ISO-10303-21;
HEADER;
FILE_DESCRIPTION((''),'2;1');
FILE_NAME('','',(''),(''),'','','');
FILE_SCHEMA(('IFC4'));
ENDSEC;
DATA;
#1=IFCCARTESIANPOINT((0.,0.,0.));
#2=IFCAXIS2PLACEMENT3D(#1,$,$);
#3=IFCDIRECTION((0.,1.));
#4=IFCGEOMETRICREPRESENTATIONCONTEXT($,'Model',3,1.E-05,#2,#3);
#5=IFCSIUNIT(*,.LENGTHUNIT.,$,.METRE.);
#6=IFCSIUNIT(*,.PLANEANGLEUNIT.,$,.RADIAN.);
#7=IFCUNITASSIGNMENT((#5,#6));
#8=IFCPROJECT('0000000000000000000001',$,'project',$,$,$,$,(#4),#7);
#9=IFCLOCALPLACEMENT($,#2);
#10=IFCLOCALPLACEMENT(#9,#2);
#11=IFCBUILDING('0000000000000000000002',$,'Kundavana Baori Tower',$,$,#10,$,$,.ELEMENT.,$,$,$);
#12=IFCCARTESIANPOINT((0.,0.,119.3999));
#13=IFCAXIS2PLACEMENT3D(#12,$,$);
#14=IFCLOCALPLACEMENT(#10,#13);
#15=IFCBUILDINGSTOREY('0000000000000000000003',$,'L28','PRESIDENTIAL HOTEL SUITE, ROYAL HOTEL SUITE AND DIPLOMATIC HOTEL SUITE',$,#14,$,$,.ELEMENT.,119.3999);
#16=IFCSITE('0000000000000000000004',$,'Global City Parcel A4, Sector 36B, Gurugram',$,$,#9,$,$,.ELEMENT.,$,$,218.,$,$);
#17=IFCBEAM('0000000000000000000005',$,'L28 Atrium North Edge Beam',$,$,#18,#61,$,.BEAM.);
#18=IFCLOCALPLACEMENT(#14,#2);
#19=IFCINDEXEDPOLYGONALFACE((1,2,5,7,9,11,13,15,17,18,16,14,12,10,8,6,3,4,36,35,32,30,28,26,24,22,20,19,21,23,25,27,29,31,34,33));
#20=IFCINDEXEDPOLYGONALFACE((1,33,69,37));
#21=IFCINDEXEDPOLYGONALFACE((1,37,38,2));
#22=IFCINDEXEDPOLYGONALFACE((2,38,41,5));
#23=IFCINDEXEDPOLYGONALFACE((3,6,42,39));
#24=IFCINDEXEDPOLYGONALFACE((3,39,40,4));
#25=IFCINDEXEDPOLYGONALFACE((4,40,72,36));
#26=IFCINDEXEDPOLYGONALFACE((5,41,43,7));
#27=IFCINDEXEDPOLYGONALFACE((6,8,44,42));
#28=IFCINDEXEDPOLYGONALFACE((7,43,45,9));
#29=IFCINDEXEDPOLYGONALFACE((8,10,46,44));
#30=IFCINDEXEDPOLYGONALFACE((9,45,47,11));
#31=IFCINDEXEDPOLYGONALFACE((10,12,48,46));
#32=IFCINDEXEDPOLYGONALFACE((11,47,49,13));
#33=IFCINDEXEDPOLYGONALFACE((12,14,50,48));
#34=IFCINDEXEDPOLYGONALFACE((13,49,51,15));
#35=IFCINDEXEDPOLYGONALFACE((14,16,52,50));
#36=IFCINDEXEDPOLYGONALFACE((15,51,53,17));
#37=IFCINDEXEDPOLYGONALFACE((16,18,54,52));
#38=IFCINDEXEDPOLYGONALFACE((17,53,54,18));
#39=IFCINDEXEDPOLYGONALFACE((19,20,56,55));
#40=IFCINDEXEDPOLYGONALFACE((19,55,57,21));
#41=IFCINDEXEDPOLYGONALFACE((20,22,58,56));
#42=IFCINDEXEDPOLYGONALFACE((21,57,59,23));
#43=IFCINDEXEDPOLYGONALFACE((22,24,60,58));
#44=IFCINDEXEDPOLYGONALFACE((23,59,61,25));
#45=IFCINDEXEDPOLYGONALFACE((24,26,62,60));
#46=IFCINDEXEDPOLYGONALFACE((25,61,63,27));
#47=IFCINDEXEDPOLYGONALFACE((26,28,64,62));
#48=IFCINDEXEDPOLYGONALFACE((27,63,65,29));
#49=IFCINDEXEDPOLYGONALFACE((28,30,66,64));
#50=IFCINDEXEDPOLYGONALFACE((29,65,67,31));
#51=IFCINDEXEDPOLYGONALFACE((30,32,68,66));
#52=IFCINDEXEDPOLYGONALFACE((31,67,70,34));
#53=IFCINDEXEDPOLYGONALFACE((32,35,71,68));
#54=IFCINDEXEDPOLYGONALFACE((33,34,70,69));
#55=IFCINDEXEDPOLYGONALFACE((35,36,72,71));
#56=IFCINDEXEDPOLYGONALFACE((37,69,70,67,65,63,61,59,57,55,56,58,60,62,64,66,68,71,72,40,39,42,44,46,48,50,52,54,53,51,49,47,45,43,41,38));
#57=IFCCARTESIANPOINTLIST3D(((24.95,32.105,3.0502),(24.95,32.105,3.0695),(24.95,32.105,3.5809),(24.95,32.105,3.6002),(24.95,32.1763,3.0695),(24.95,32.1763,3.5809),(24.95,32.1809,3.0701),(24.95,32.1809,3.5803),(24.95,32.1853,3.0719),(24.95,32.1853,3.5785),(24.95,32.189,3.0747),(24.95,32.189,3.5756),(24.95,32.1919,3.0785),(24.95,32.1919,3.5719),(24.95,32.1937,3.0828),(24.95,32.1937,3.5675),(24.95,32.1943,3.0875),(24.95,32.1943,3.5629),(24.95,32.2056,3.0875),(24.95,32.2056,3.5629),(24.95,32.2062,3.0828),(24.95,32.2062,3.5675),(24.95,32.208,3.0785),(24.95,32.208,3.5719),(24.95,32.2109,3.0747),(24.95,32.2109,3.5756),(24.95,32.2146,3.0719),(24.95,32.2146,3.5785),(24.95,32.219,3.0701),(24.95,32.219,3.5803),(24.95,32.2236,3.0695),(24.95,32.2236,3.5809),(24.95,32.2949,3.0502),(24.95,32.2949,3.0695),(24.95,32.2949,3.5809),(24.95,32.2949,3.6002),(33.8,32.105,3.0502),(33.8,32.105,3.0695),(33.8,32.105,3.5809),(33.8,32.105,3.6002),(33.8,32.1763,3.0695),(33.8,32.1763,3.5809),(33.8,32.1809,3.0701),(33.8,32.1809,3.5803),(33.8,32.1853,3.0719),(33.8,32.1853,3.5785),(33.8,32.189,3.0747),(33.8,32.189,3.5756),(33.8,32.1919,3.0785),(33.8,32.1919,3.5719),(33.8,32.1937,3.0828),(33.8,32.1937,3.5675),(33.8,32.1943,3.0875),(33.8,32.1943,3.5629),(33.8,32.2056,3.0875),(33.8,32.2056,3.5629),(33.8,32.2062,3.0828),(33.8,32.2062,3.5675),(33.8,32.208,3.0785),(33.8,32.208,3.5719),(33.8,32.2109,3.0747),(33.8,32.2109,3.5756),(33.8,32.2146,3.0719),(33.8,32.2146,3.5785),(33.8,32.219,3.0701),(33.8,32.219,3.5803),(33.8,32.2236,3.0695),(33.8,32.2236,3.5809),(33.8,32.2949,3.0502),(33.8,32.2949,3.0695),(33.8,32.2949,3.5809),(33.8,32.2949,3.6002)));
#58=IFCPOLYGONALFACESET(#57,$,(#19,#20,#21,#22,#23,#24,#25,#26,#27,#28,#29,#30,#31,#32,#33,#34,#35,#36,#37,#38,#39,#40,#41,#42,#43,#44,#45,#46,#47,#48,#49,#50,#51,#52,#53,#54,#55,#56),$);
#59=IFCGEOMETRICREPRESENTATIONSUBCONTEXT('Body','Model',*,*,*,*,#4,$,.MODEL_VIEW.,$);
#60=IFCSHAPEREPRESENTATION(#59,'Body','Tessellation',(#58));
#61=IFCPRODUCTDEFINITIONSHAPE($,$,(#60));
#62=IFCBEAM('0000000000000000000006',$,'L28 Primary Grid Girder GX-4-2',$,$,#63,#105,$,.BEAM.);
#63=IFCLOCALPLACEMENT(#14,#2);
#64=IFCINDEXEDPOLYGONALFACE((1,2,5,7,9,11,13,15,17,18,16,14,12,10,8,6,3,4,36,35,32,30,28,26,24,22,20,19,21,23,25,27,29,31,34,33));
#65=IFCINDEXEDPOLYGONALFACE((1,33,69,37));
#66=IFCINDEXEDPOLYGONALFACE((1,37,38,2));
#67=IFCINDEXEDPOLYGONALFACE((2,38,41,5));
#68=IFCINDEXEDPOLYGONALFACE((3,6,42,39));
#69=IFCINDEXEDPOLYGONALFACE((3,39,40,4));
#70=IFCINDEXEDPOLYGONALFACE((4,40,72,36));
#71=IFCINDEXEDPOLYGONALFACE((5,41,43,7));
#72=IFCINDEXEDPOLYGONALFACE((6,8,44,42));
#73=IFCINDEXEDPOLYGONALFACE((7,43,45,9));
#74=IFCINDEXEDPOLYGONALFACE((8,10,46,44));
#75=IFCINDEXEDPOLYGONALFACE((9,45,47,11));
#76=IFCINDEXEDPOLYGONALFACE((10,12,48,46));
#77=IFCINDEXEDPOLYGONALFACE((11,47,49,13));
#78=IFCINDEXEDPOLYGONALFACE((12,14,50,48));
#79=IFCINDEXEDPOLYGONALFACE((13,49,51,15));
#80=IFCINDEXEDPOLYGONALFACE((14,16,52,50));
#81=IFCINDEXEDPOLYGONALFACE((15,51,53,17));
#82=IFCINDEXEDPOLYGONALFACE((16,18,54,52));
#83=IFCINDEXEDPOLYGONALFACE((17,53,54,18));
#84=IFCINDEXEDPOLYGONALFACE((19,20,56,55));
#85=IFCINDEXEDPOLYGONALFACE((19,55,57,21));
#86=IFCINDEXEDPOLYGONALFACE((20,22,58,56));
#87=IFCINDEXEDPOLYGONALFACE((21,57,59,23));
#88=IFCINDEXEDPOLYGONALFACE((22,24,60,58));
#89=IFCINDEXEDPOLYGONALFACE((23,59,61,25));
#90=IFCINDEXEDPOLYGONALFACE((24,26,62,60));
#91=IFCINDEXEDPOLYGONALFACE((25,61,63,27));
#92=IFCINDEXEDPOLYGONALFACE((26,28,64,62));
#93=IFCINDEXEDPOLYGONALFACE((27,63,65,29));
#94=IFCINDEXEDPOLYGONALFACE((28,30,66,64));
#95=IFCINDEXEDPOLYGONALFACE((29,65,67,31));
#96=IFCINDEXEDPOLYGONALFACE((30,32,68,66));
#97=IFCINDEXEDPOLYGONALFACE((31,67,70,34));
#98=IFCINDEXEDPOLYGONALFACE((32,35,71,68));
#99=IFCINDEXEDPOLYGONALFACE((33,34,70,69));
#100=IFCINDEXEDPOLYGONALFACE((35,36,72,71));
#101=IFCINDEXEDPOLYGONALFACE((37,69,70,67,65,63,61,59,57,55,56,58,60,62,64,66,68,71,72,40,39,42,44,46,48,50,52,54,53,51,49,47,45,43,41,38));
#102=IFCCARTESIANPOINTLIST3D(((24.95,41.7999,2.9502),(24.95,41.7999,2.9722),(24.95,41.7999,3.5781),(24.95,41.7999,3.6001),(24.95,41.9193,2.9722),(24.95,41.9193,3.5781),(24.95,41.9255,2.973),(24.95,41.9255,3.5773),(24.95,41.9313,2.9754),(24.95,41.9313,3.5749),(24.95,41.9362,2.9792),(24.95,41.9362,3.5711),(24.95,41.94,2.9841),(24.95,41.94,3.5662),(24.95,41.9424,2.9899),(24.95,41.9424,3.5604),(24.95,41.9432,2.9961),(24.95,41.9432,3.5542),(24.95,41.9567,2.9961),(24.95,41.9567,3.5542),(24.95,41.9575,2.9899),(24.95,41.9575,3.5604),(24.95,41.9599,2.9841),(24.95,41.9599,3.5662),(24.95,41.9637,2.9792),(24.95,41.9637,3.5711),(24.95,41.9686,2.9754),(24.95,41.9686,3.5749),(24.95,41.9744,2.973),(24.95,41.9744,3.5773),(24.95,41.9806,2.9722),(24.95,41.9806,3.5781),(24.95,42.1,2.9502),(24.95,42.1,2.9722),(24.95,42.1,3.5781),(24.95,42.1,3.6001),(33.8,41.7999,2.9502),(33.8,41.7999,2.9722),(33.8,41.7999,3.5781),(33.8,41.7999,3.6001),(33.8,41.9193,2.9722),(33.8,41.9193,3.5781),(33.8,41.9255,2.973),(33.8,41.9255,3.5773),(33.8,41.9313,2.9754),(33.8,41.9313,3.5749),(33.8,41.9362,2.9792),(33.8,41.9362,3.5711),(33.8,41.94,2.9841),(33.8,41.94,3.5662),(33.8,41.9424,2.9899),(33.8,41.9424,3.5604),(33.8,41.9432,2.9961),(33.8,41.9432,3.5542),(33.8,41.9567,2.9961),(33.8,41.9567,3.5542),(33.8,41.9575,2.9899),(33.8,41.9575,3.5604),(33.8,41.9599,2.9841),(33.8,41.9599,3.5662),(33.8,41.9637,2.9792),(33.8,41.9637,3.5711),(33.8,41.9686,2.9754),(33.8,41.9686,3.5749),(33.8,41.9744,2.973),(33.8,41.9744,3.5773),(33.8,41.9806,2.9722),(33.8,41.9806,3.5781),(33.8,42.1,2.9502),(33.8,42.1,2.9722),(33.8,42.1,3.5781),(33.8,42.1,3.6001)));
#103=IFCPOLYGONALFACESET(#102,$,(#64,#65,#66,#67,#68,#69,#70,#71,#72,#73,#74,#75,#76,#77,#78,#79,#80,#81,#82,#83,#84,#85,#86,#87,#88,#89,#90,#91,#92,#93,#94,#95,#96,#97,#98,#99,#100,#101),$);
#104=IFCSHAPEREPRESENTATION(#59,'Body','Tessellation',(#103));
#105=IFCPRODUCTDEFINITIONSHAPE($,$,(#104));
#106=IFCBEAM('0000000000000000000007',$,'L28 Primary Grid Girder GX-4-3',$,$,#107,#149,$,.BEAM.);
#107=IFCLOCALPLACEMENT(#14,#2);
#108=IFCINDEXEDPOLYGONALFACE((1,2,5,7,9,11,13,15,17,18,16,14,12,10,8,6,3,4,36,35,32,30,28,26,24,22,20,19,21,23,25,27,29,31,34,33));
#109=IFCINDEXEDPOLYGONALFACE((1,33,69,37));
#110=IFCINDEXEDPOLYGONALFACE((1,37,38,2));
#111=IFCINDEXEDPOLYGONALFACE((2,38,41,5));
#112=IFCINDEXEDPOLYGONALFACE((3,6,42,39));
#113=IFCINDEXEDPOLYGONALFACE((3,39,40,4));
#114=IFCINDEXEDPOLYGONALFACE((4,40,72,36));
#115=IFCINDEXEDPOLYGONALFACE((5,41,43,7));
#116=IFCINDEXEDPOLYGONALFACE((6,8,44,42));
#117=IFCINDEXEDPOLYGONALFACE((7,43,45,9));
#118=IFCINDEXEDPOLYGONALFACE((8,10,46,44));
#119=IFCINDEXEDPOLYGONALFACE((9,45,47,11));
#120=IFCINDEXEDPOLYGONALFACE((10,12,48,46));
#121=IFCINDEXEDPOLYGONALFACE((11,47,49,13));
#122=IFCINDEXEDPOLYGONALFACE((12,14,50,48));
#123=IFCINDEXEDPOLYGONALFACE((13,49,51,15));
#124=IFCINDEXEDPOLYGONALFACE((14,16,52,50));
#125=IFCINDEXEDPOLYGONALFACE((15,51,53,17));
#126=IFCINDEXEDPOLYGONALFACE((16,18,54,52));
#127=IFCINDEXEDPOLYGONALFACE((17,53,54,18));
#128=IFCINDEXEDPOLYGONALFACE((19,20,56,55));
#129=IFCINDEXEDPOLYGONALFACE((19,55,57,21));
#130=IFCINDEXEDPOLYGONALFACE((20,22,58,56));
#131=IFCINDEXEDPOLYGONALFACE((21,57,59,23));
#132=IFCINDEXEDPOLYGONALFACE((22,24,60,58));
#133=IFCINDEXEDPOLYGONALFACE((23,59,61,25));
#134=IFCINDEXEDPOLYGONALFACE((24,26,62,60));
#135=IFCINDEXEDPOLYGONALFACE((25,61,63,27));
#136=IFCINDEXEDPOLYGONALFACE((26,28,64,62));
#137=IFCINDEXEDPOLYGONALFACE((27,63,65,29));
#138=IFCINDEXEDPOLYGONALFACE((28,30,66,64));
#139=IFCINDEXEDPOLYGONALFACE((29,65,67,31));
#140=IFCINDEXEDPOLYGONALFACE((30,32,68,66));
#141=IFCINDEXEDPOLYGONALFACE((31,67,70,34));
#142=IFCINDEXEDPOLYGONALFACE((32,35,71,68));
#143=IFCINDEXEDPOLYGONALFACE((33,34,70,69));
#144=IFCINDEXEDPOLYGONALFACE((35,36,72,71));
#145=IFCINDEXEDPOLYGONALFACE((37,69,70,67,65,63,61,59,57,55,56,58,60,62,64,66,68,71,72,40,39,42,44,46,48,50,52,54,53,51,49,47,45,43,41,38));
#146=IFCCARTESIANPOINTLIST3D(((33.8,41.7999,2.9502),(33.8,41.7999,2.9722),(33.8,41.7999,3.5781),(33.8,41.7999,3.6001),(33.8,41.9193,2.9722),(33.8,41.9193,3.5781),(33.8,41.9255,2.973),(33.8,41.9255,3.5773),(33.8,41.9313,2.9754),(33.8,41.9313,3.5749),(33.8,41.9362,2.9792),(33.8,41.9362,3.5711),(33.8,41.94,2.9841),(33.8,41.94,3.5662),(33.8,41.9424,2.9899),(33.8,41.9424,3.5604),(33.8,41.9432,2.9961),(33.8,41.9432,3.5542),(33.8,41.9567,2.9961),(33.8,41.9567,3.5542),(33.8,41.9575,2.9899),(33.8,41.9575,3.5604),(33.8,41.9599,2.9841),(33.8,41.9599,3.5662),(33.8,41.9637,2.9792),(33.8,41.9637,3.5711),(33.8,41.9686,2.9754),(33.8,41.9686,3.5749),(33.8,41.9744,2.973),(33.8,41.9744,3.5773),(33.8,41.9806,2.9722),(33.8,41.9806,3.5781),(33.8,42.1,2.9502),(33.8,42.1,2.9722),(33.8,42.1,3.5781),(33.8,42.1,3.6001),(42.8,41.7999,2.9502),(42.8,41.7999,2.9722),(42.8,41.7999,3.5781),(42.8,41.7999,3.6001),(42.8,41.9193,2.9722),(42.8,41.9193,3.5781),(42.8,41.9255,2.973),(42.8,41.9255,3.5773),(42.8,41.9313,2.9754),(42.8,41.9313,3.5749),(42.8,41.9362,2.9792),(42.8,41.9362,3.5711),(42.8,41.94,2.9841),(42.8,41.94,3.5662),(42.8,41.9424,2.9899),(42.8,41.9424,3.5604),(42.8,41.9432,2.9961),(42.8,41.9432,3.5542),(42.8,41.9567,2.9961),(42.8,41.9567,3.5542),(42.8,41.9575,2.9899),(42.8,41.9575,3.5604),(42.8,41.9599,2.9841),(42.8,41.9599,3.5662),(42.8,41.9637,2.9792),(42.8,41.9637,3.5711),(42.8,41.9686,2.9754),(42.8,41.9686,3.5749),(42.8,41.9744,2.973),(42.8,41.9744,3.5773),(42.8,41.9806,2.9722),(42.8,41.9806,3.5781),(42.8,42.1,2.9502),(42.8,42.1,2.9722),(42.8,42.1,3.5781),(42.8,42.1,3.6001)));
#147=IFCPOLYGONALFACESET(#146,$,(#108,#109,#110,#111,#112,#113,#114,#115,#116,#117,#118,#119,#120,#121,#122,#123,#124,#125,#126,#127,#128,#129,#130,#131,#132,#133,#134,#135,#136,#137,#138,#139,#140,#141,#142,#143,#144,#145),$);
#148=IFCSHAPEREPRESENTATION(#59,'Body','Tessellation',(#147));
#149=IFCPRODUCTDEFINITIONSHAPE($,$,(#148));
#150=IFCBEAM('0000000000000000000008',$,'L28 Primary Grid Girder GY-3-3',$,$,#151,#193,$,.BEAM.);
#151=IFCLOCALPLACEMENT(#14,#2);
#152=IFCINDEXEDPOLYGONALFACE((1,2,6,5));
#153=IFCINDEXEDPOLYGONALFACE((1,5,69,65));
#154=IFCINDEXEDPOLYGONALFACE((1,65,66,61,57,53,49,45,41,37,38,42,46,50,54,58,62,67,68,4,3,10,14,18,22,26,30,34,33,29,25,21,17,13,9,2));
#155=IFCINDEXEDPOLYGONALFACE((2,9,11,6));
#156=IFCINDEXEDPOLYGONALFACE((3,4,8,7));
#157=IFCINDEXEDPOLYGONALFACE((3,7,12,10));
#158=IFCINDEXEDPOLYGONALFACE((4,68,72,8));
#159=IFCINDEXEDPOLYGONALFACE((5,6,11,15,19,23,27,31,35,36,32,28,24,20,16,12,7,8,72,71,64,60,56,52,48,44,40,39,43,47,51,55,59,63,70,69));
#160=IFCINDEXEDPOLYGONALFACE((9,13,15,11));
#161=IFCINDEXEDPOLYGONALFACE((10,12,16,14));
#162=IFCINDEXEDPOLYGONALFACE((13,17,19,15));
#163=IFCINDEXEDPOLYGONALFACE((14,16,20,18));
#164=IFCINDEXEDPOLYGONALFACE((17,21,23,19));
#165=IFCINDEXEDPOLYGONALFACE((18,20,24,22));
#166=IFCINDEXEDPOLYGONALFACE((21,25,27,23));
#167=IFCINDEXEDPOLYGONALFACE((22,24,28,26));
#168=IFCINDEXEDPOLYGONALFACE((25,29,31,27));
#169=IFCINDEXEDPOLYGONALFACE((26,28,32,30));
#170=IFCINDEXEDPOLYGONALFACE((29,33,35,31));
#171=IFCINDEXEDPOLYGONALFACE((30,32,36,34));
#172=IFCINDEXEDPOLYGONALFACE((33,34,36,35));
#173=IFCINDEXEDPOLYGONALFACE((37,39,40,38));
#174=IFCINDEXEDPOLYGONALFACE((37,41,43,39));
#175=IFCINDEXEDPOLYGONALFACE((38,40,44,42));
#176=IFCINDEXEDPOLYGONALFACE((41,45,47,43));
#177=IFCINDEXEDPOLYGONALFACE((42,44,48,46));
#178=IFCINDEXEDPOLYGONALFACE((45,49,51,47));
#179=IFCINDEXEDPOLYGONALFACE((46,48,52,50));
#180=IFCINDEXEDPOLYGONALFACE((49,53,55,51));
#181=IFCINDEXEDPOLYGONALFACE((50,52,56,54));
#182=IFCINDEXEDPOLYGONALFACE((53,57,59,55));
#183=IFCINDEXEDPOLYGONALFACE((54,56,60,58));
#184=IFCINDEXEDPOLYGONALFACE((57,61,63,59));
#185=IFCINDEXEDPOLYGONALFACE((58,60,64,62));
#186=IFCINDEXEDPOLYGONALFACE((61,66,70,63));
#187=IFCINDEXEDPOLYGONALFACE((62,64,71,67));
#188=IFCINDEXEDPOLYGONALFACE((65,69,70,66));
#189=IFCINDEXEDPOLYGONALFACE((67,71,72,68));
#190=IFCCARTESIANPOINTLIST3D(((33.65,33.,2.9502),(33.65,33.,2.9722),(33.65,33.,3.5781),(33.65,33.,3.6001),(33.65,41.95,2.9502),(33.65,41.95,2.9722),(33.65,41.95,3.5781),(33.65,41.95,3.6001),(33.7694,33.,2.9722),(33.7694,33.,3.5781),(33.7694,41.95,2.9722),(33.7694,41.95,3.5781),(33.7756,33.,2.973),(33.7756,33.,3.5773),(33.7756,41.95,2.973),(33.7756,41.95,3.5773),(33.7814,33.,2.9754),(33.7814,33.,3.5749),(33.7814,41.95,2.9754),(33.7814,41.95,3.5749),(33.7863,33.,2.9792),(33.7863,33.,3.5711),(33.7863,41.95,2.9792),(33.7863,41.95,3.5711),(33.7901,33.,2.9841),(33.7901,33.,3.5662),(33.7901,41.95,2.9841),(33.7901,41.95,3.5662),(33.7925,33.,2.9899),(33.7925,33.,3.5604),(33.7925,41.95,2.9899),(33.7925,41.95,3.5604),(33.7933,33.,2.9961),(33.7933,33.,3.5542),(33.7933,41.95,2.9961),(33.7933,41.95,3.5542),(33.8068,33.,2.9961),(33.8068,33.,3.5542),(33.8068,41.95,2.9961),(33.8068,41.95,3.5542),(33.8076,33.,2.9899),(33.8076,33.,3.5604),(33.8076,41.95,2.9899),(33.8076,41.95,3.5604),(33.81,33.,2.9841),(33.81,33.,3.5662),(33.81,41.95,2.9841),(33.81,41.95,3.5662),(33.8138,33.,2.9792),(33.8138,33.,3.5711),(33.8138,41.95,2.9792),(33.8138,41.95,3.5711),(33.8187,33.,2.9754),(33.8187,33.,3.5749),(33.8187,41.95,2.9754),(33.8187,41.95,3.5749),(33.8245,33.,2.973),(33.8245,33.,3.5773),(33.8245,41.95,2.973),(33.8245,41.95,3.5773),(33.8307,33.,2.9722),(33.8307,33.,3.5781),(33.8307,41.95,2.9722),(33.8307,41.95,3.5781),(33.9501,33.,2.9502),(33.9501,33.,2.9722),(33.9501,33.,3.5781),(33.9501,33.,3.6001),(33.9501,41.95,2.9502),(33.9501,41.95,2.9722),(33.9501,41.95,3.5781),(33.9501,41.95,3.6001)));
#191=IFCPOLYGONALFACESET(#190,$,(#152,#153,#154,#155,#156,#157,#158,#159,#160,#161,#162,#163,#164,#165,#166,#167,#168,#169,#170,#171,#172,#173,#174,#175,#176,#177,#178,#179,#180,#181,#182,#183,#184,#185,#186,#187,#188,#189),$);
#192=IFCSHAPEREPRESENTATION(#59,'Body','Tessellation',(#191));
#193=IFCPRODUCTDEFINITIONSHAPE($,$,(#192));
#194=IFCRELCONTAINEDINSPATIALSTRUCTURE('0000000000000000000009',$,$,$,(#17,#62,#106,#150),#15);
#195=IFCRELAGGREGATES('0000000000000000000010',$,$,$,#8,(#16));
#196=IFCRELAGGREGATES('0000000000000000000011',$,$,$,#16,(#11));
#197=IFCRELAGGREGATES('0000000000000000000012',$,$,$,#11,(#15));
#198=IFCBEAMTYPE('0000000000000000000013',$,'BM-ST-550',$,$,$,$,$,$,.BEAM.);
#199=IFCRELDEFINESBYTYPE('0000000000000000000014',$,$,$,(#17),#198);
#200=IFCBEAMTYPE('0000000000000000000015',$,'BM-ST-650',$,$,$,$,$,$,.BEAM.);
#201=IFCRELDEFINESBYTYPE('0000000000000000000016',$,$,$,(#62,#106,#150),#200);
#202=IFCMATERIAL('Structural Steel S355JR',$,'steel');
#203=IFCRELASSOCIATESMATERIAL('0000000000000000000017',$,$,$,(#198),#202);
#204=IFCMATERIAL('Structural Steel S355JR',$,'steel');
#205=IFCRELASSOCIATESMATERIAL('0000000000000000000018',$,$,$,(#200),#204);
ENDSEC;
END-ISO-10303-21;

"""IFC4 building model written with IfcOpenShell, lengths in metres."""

from ifc_helpers import new_model, si_unit, direction, frame, origin, origin_2d, place, context, subcontext, project, spatial, i_section, extrude, material, material_profile, profile_set, type_object, element, save


model = new_model("IFC4")

# Units and contexts
model_context = context("Model", 3, precision=1e-05, world=origin(), true_north=direction((0.0, 1.0)))
body_context = subcontext(model_context, "Body", "Model", "MODEL_VIEW")
ifc_project = project(units=[si_unit("LENGTHUNIT", "METRE"), si_unit("PLANEANGLEUNIT", "RADIAN")], contexts=[model_context])

# Site, building, storey
site_placement = place(None, origin())
site = spatial("IfcSite", under=ifc_project, at=site_placement, Name="Global City Parcel A4, Sector 36B, Gurugram", CompositionType="ELEMENT", RefElevation=218.0)
building_placement = place(site_placement, origin())
building = spatial("IfcBuilding", under=site, at=building_placement, Name="Kundavana Baori Tower", CompositionType="ELEMENT")
storey_placement = place(building_placement, frame((0.0, 0.0, 119.3999)))
storey = spatial("IfcBuildingStorey", under=building, at=storey_placement, Name="L28", Description="PRESIDENTIAL HOTEL SUITE, ROYAL HOTEL SUITE AND DIPLOMATIC HOTEL SUITE", CompositionType="ELEMENT", Elevation=119.3999)

# Beams
ifc_material_1 = material(Name="Structural Steel S355JR", Category="steel")
ifc_material_profile_1 = material_profile(ifc_material_1, i_section(OverallWidth=0.1899, OverallDepth=0.55, WebThickness=0.0112, FlangeThickness=0.0193, FilletRadius=0.0181, at=origin_2d()), Name="ISMB 550")
ifc_profile_set_1 = profile_set([ifc_material_profile_1], Name="Structural Steel S355JR")
beam_type_1 = type_object("IfcBeamType", Name="BM-ST-550", PredefinedType="BEAM", material=ifc_profile_set_1)
beam_1_placement = place(storey_placement, frame((24.95, 32.2, 3.3252), z_axis=(1.0, 0.0, 0.0), x_axis=(0.0, 1.0, 0.0)))
element("IfcBeam", 1, at=beam_1_placement, inside=storey, type_object=beam_type_1, Name="L28 Atrium North Edge Beam", PredefinedType="BEAM", context=body_context, shape_type="SweptSolid", body=[
    extrude(i_section(OverallWidth=0.1899, OverallDepth=0.55, WebThickness=0.0112, FlangeThickness=0.0193, FilletRadius=0.0181, at=origin_2d()), origin(), (0.0, 0.0, 1.0), 8.8501),
])
ifc_material_2 = material(Name="Structural Steel S355JR", Category="steel")
ifc_material_profile_2 = material_profile(ifc_material_2, i_section(OverallWidth=0.3, OverallDepth=0.6499, WebThickness=0.0134, FlangeThickness=0.022, FilletRadius=0.0239, at=origin_2d()), Name="NPB 650x300x155")
ifc_profile_set_2 = profile_set([ifc_material_profile_2], Name="Structural Steel S355JR")
beam_type_2 = type_object("IfcBeamType", Name="BM-ST-650", PredefinedType="BEAM", material=ifc_profile_set_2)
beam_2_placement = place(storey_placement, frame((24.95, 41.95, 3.2751), z_axis=(1.0, 0.0, 0.0), x_axis=(0.0, 1.0, 0.0)))
element("IfcBeam", 2, at=beam_2_placement, inside=storey, type_object=beam_type_2, Name="L28 Primary Grid Girder GX-4-2", PredefinedType="BEAM", context=body_context, shape_type="SweptSolid", body=[
    extrude(i_section(OverallWidth=0.3, OverallDepth=0.6499, WebThickness=0.0134, FlangeThickness=0.022, FilletRadius=0.0239, at=origin_2d()), origin(), (0.0, 0.0, 1.0), 8.8501),
])
beam_3_placement = place(storey_placement, frame((33.8, 41.95, 3.2751), z_axis=(1.0, 0.0, 0.0), x_axis=(0.0, 1.0, 0.0)))
element("IfcBeam", 3, at=beam_3_placement, inside=storey, type_object=beam_type_2, Name="L28 Primary Grid Girder GX-4-3", PredefinedType="BEAM", context=body_context, shape_type="SweptSolid", body=[
    extrude(i_section(OverallWidth=0.3, OverallDepth=0.6499, WebThickness=0.0134, FlangeThickness=0.022, FilletRadius=0.0239, at=origin_2d()), origin(), (0.0, 0.0, 1.0), 9.0),
])
beam_4_placement = place(storey_placement, frame((33.8, 33.0, 3.2751), z_axis=(0.0, 1.0, 0.0), x_axis=(-1.0, 0.0, 0.0)))
element("IfcBeam", 4, at=beam_4_placement, inside=storey, type_object=beam_type_2, Name="L28 Primary Grid Girder GY-3-3", PredefinedType="BEAM", context=body_context, shape_type="SweptSolid", body=[
    extrude(i_section(OverallWidth=0.3, OverallDepth=0.6499, WebThickness=0.0134, FlangeThickness=0.022, FilletRadius=0.0239, at=origin_2d()), origin(), (0.0, 0.0, 1.0), 8.95),
])

save(model, "model.ifc")
